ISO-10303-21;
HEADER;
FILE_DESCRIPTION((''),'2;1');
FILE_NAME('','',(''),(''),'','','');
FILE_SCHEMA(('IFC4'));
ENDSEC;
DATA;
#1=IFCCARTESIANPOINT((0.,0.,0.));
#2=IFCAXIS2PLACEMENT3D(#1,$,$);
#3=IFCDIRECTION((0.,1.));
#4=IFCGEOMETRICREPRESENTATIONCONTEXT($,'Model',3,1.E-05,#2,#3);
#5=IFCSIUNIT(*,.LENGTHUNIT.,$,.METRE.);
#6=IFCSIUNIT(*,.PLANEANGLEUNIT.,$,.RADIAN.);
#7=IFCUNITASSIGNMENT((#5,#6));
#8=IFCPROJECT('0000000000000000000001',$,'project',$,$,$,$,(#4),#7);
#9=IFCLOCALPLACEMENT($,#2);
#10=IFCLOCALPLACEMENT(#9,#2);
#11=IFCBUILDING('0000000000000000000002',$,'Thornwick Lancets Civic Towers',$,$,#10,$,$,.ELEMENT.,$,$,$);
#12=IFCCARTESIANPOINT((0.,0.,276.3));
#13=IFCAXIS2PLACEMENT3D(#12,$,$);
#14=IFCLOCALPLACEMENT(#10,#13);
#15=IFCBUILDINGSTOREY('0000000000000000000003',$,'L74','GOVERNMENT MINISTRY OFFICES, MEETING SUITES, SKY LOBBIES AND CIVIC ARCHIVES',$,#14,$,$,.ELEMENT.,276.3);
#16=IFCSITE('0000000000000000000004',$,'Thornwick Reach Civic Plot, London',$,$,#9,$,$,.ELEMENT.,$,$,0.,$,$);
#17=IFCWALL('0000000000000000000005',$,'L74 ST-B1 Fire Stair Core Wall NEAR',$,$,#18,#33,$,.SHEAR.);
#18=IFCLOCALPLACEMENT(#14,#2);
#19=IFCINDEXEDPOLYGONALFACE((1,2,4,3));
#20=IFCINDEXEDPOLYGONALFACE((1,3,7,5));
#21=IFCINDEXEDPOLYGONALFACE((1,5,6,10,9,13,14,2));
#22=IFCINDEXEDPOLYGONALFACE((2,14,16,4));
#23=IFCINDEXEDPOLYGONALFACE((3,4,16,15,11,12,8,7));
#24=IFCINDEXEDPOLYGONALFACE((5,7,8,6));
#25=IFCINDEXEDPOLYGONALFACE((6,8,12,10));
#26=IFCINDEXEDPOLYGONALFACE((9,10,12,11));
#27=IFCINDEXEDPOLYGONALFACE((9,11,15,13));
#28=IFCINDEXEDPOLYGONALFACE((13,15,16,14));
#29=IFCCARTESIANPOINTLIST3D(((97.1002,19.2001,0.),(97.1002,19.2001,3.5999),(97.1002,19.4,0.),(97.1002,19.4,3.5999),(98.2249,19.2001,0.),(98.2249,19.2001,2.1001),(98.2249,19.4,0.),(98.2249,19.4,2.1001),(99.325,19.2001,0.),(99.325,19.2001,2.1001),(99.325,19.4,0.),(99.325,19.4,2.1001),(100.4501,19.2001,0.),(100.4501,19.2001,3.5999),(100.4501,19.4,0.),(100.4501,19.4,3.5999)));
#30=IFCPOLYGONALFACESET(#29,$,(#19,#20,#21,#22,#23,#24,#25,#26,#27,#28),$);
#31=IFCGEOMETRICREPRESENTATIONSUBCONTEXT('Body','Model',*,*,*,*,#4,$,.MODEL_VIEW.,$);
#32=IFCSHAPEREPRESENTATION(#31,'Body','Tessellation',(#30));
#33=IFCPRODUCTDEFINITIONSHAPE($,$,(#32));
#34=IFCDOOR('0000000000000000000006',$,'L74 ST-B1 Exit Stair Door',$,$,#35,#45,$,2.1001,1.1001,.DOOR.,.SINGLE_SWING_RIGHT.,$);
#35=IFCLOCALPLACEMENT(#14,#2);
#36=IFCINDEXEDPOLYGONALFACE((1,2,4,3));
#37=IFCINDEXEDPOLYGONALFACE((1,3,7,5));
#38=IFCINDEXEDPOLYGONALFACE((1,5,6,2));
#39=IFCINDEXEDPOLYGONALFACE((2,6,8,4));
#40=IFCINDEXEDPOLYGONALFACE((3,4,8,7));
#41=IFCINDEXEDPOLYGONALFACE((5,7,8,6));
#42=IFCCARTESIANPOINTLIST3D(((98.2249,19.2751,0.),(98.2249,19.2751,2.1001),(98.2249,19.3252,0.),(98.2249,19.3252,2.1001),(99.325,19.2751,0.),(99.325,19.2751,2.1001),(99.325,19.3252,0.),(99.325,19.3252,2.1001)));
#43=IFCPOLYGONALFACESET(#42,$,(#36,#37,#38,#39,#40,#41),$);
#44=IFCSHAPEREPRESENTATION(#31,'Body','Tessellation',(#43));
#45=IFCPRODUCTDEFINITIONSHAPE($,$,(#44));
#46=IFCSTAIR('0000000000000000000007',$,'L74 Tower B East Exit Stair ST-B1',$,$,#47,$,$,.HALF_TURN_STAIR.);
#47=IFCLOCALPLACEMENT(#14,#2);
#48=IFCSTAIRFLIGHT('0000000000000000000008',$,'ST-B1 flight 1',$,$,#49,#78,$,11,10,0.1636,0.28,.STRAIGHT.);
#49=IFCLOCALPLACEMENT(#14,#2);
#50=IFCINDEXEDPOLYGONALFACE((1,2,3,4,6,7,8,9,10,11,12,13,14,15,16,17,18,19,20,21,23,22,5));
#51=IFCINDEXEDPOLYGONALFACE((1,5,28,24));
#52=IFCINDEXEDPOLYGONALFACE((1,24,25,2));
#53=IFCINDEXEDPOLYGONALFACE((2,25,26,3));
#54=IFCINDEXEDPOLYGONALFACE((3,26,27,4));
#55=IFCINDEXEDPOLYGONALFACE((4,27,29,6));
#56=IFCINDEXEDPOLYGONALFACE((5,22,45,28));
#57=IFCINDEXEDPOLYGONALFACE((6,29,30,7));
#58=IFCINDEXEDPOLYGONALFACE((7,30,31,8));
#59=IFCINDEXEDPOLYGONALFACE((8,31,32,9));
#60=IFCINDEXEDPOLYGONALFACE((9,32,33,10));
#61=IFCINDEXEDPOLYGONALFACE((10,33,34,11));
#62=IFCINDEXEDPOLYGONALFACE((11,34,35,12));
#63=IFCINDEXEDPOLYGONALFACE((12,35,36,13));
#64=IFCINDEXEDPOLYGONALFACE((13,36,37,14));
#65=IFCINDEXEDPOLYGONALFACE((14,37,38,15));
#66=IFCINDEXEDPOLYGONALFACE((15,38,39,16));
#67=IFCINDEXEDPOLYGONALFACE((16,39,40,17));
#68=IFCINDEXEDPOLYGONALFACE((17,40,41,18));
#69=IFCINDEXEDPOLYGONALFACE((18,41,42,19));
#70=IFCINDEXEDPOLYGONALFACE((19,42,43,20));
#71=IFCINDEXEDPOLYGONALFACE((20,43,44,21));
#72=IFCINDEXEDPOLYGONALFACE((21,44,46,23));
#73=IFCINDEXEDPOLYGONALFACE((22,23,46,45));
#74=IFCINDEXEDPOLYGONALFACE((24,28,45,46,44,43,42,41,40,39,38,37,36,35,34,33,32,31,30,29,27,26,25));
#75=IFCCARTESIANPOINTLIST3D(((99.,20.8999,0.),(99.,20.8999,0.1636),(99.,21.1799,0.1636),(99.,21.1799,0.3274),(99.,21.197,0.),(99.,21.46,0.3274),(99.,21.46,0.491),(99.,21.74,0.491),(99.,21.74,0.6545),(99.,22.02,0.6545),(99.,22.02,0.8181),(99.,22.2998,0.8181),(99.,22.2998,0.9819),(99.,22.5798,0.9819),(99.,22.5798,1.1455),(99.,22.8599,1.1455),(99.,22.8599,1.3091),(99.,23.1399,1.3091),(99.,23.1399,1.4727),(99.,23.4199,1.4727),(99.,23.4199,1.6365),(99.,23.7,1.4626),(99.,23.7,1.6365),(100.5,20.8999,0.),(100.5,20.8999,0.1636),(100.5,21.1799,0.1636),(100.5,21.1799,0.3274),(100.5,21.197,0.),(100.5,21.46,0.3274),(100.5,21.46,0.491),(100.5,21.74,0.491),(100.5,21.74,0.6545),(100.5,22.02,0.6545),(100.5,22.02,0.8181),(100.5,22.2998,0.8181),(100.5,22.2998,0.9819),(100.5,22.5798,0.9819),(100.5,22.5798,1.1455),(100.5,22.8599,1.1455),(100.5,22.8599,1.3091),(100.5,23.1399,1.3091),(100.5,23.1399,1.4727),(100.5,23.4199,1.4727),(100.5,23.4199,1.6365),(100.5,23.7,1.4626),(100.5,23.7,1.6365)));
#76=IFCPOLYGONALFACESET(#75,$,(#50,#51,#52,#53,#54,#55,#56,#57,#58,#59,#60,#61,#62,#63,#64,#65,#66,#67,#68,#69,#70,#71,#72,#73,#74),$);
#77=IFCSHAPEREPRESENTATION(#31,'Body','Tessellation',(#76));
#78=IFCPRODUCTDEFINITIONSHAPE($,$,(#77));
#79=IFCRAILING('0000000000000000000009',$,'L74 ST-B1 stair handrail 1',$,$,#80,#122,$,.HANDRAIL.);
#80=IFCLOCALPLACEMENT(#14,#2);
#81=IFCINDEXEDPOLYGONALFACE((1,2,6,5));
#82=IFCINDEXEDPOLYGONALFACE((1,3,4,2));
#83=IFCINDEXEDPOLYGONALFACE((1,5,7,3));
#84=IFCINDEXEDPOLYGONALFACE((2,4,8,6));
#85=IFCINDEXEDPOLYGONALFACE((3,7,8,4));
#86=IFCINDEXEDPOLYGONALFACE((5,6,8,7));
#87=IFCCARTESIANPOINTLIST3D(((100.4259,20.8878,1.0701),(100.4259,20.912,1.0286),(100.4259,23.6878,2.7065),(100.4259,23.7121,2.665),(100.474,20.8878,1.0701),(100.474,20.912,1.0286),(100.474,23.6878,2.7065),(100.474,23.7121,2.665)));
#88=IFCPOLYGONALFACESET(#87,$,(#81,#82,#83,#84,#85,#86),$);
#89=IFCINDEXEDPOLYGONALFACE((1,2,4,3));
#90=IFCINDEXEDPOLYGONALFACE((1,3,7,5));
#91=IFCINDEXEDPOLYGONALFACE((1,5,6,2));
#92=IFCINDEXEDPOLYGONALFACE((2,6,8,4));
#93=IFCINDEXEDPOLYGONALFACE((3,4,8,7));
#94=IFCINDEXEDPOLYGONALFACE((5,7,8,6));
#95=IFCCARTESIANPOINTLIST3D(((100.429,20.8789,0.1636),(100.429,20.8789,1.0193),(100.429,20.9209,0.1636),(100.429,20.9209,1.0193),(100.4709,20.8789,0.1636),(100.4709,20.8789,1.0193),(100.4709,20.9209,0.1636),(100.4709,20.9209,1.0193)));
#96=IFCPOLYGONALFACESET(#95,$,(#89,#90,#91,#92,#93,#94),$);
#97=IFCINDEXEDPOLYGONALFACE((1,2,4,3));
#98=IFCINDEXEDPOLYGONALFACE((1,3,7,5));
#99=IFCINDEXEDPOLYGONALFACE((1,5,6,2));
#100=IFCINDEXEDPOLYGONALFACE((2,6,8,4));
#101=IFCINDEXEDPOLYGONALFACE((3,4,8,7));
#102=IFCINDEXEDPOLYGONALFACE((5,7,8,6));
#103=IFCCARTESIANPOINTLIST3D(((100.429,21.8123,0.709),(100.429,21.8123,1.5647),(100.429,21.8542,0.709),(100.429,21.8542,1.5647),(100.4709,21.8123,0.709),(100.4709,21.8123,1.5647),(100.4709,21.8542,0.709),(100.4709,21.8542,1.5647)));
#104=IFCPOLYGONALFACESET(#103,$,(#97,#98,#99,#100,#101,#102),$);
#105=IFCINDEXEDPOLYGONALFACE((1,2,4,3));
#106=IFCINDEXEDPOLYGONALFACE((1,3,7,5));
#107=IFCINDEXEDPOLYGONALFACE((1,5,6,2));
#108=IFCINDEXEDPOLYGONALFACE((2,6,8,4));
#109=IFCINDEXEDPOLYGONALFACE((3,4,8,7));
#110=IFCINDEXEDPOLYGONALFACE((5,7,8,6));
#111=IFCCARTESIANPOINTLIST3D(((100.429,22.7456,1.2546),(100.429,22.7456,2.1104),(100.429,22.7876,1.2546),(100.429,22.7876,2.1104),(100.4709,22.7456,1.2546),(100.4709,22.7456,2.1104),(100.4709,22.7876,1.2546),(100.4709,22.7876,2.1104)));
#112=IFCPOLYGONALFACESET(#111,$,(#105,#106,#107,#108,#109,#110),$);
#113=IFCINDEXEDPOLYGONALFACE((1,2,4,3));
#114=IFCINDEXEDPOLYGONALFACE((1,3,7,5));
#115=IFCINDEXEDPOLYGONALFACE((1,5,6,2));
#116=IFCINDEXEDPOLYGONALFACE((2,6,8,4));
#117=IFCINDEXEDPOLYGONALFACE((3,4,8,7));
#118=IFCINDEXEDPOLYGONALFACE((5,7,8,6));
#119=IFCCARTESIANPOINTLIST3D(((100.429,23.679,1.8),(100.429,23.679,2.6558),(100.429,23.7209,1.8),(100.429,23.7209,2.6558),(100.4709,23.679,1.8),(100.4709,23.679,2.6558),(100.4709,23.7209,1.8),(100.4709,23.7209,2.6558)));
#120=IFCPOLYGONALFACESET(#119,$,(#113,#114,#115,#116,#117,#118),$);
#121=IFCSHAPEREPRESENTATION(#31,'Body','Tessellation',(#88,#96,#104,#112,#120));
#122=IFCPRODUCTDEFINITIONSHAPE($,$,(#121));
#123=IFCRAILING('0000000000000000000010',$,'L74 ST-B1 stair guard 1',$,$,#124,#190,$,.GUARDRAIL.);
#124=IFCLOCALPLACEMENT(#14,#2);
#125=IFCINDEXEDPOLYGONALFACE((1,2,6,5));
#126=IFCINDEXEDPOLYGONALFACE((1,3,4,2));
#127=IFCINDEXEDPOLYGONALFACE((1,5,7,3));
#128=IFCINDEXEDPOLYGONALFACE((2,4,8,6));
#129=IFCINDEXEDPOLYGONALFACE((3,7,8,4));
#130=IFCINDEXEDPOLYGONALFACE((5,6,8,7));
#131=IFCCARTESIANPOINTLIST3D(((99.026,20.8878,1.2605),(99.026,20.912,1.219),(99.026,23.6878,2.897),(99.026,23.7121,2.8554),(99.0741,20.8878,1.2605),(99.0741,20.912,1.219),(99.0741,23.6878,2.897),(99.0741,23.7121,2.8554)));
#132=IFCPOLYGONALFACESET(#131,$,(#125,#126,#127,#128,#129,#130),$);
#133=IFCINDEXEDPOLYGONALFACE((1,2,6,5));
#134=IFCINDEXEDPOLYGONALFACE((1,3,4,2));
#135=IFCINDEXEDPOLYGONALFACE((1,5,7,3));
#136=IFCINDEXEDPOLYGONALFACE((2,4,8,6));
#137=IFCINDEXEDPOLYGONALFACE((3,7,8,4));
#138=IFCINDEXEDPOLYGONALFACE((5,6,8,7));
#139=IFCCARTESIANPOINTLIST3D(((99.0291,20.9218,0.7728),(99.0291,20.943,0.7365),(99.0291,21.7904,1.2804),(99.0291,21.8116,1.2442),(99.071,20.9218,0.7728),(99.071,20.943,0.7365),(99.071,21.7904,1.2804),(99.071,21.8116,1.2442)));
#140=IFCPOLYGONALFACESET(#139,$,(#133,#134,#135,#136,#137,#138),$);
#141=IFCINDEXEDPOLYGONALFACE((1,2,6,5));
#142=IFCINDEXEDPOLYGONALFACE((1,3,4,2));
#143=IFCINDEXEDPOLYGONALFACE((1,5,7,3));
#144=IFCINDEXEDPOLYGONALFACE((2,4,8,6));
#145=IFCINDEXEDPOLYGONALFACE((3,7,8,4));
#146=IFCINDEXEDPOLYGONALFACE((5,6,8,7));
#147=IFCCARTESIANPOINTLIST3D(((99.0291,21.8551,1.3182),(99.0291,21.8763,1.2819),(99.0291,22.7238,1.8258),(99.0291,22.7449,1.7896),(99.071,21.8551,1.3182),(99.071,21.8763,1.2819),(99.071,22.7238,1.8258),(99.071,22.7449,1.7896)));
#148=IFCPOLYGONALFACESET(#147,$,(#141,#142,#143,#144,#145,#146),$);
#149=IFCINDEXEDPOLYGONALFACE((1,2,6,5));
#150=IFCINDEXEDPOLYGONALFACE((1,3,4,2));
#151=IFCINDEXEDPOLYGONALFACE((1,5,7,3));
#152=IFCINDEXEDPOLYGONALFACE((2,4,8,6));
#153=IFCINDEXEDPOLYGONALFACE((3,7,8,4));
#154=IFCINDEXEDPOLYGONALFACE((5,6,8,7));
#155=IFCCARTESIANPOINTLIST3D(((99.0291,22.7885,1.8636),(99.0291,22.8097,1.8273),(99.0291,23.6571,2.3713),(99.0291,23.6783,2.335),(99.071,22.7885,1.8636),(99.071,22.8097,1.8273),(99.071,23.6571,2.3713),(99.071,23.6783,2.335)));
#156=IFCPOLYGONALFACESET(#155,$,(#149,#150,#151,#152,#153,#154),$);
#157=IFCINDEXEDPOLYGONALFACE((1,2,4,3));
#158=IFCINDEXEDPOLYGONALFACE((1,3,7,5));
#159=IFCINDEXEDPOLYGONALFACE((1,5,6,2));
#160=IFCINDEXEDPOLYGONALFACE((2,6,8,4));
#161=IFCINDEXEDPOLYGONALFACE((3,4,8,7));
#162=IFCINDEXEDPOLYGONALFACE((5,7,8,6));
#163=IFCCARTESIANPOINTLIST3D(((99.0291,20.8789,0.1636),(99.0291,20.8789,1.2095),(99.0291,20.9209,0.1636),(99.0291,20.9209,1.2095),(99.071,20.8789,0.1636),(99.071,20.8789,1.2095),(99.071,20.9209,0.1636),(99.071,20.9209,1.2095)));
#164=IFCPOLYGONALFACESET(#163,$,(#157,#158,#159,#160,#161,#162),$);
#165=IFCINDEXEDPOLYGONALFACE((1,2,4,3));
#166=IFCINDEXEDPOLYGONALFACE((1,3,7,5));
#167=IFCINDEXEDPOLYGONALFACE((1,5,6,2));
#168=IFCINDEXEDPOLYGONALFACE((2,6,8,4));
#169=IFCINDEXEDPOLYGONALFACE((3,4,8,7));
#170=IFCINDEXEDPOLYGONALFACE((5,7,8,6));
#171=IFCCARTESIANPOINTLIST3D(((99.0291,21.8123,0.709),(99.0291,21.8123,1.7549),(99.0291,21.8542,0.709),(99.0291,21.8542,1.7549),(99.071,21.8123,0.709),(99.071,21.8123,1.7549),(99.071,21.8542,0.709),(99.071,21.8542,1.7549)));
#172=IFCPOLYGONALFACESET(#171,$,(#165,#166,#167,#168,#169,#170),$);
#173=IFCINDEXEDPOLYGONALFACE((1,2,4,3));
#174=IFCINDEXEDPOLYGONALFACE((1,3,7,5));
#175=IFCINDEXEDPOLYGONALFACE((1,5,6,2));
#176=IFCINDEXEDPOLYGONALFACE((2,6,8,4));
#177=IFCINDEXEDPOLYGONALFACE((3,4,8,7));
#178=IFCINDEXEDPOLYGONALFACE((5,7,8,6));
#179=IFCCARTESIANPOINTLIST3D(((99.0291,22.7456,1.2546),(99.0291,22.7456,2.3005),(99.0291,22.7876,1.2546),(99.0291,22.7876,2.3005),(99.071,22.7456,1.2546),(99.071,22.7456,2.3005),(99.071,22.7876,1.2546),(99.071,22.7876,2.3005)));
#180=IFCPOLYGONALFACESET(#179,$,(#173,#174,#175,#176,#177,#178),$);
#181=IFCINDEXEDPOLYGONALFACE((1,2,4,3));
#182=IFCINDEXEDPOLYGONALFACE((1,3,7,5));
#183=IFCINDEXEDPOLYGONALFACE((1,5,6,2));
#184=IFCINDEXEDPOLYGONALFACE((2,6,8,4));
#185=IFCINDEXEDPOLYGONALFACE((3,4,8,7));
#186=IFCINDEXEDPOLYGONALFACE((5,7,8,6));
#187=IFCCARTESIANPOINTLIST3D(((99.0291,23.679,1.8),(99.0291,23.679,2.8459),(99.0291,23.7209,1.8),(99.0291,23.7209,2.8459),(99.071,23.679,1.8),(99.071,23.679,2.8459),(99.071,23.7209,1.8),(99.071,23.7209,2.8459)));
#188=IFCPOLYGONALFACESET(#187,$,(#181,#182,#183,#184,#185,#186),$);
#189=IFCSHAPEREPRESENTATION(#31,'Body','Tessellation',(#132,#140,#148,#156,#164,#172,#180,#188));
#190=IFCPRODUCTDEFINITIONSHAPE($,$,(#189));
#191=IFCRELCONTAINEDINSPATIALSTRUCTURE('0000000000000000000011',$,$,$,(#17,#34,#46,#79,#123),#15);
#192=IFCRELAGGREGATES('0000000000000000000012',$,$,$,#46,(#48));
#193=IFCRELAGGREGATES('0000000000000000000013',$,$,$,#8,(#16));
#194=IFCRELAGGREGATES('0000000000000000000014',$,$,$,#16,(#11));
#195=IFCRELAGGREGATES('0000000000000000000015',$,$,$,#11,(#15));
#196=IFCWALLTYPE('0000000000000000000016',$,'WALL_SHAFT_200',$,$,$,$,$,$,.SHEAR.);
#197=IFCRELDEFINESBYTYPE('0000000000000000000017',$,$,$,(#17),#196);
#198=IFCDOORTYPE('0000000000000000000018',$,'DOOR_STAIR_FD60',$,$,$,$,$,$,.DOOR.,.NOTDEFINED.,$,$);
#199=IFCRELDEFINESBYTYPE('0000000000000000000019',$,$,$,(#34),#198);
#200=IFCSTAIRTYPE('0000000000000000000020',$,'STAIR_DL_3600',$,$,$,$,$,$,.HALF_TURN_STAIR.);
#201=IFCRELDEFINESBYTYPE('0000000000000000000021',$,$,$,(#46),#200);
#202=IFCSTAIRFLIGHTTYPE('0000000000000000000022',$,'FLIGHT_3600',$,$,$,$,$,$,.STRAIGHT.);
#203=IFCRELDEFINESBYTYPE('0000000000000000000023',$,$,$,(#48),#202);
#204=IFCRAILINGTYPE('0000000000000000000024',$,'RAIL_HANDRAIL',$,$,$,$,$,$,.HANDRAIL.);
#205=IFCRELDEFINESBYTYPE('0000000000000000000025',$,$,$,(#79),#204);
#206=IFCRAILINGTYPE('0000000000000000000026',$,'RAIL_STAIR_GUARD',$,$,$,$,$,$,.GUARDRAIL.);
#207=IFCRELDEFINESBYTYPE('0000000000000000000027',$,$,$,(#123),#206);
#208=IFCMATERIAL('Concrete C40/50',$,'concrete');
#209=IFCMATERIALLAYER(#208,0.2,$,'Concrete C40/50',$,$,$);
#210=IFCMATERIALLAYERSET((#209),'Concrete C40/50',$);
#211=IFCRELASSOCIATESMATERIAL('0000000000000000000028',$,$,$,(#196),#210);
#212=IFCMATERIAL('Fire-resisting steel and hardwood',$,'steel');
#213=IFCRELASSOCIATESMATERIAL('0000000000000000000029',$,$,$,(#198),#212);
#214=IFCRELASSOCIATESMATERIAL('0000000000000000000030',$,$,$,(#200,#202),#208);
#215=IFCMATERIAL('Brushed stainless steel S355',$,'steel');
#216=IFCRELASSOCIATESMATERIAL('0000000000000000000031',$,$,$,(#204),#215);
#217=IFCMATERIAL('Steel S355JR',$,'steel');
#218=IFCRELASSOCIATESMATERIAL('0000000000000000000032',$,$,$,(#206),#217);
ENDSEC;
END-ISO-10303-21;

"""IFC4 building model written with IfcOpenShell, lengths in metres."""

from ifc_helpers import new_model, si_unit, direction, frame, frame_2d, origin, origin_2d, place, context, subcontext, project, spatial, polyline, rectangle, outline, extrude, material, layer, layer_set, type_object, element, fill, aggregate, save


model = new_model("IFC4")

# Units and contexts
model_context = context("Model", 3, precision=1e-05, world=origin(), true_north=direction((0.0, 1.0)))
body_context = subcontext(model_context, "Body", "Model", "MODEL_VIEW")
ifc_project = project(units=[si_unit("LENGTHUNIT", "METRE"), si_unit("PLANEANGLEUNIT", "RADIAN")], contexts=[model_context])

# Site, building, storey
site_placement = place(None, origin())
site = spatial("IfcSite", under=ifc_project, at=site_placement, Name="Thornwick Reach Civic Plot, London", CompositionType="ELEMENT", RefElevation=0.0)
building_placement = place(site_placement, origin())
building = spatial("IfcBuilding", under=site, at=building_placement, Name="Thornwick Lancets Civic Towers", CompositionType="ELEMENT")
storey_placement = place(building_placement, frame((0.0, 0.0, 276.3)))
storey = spatial("IfcBuildingStorey", under=building, at=storey_placement, Name="L74", Description="GOVERNMENT MINISTRY OFFICES, MEETING SUITES, SKY LOBBIES AND CIVIC ARCHIVES", CompositionType="ELEMENT", Elevation=276.3)

# Shared definitions
ifc_material_1 = material(Name="Steel S355JR", Category="steel")
ifc_material_2 = material(Name="Concrete C40/50", Category="concrete")

# Wall, opening, door
ifc_layer_1 = layer(ifc_material_2, 0.2, Name="Concrete C40/50")
ifc_layer_set_1 = layer_set([ifc_layer_1], Name="Concrete C40/50")
wall_type_1 = type_object("IfcWallType", Name="WALL_SHAFT_200", PredefinedType="SHEAR", material=ifc_layer_set_1)
wall_1_placement = place(storey_placement, frame((100.45, 19.3, 0.0), z_axis=(0.0, 0.0, 1.0), x_axis=(-1.0, 0.0, 0.0)))
wall_1 = element("IfcWall", 1, at=wall_1_placement, inside=storey, type_object=wall_type_1, Name="L74 ST-B1 Fire Stair Core Wall NEAR", PredefinedType="SHEAR", context=body_context, shape_type="SweptSolid", body=[
    extrude(rectangle(XDim=3.3499, YDim=0.2, at=frame_2d((1.6748, 0.0))), origin(), (0.0, 0.0, 1.0), 3.5999),
])
opening_placement = place(wall_1_placement, frame((1.125, 0.0, 0.0)))
opening = element("IfcOpeningElement", 2, at=opening_placement, cuts=wall_1, PredefinedType="OPENING", context=body_context, shape_type="SweptSolid", body=[
    extrude(rectangle(XDim=1.1001, YDim=2.1001, at=frame_2d((0.55, 1.05))), frame((0.0, 0.1099, 0.0), z_axis=(0.0, -1.0, 0.0), x_axis=(1.0, 0.0, 0.0)), (0.0, 0.0, 1.0), 0.22),
])
ifc_material_3 = material(Name="Fire-resisting steel and hardwood", Category="steel")
door_type = type_object("IfcDoorType", Name="DOOR_STAIR_FD60", OperationType="NOTDEFINED", PredefinedType="DOOR", material=ifc_material_3)
door_placement = place(opening_placement, origin())
door = element("IfcDoor", 3, at=door_placement, inside=storey, type_object=door_type, Name="L74 ST-B1 Exit Stair Door", OperationType="SINGLE_SWING_RIGHT", OverallHeight=2.1001, OverallWidth=1.1001, PredefinedType="DOOR", context=body_context, shape_type="SweptSolid", body=[
    extrude(rectangle(XDim=1.1001, YDim=2.1001, at=frame_2d((0.55, 1.05))), frame((0.0, 0.0249, 0.0), z_axis=(0.0, -1.0, 0.0), x_axis=(1.0, 0.0, 0.0)), (0.0, 0.0, 1.0), 0.05),
])
fill(opening, door)

# Stair, stair flight
stair_type = type_object("IfcStairType", Name="STAIR_DL_3600", PredefinedType="HALF_TURN_STAIR", material=ifc_material_2)
stair_placement = place(storey_placement, origin())
stair = element("IfcStair", 4, at=stair_placement, inside=storey, type_object=stair_type, Name="L74 Tower B East Exit Stair ST-B1", PredefinedType="HALF_TURN_STAIR")
stair_flight_type = type_object("IfcStairFlightType", Name="FLIGHT_3600", PredefinedType="STRAIGHT", material=ifc_material_2)
stair_flight_placement = place(storey_placement, frame((99.75, 20.8999, 0.0), z_axis=(0.0, 0.0, 1.0), x_axis=(0.0, 1.0, 0.0)))
stair_flight = element("IfcStairFlight", 5, at=stair_flight_placement, type_object=stair_flight_type, Name="ST-B1 flight 1", NumberOfRisers=11, NumberOfTreads=10, PredefinedType="STRAIGHT", RiserHeight=0.1636, TreadLength=0.28, context=body_context, shape_type="SweptSolid", body=[
    extrude(outline(polyline([(0.0, 0.0), (0.0, 0.1636), (0.28, 0.1636), (0.28, 0.3274), (0.5601, 0.3274), (0.5601, 0.491), (0.8401, 0.491), (0.8401, 0.6545), (1.1201, 0.6545), (1.1201, 0.8181), (1.3999, 0.8181), (1.3999, 0.9819), (1.6799, 0.9819), (1.6799, 1.1455), (1.96, 1.1455), (1.96, 1.3091), (2.24, 1.3091), (2.24, 1.4727), (2.52, 1.4727), (2.52, 1.6365), (2.8, 1.6365), (2.8, 1.8), (2.8, 1.4626), (0.2971, 0.0), (0.0, 0.0)])), frame((0.0, 0.75, 0.0), z_axis=(0.0, -1.0, 0.0), x_axis=(1.0, 0.0, 0.0)), (0.0, 0.0, 1.0), 1.5),
])
aggregate(stair, [stair_flight])

# Railings
ifc_material_4 = material(Name="Brushed stainless steel S355", Category="steel")
railing_type_1 = type_object("IfcRailingType", Name="RAIL_HANDRAIL", PredefinedType="HANDRAIL", material=ifc_material_4)
railing_1_placement = place(storey_placement, frame((100.45, 20.8999, 0.1636)))
element("IfcRailing", 6, at=railing_1_placement, inside=storey, type_object=railing_type_1, Name="L74 ST-B1 stair handrail 1", PredefinedType="HANDRAIL", context=body_context, shape_type="SweptSolid", body=[
    extrude(rectangle(XDim=0.0481, YDim=0.0481, at=origin_2d()), frame((0.0, 0.0, 0.8857), z_axis=(0.0, 0.863361, 0.504587), x_axis=(-1.0, 0.0, 0.0)), (0.0, 0.0, 1.0), 3.2432),
    extrude(rectangle(XDim=0.042, YDim=0.042, at=origin_2d()), origin(), (0.0, 0.0, 1.0), 0.8557),
    extrude(rectangle(XDim=0.042, YDim=0.042, at=origin_2d()), frame((0.0, 0.9333, 0.5454)), (0.0, 0.0, 1.0), 0.8557),
    extrude(rectangle(XDim=0.042, YDim=0.042, at=origin_2d()), frame((0.0, 1.8667, 1.0911)), (0.0, 0.0, 1.0), 0.8557),
    extrude(rectangle(XDim=0.042, YDim=0.042, at=origin_2d()), frame((0.0, 2.8, 1.6365)), (0.0, 0.0, 1.0), 0.8557),
])
railing_type_2 = type_object("IfcRailingType", Name="RAIL_STAIR_GUARD", PredefinedType="GUARDRAIL", material=ifc_material_1)
railing_2_placement = place(storey_placement, frame((99.05, 20.8999, 0.1636)))
element("IfcRailing", 7, at=railing_2_placement, inside=storey, type_object=railing_type_2, Name="L74 ST-B1 stair guard 1", PredefinedType="GUARDRAIL", context=body_context, shape_type="SweptSolid", body=[
    extrude(rectangle(XDim=0.0481, YDim=0.0481, at=origin_2d()), frame((0.0, 0.0, 1.0762), z_axis=(0.0, 0.863361, 0.504587), x_axis=(-1.0, 0.0, 0.0)), (0.0, 0.0, 1.0), 3.2432),
    extrude(rectangle(XDim=0.042, YDim=0.042, at=origin_2d()), frame((0.0, 0.0325, 0.5911), z_axis=(0.0, 0.863361, 0.504587), x_axis=(-1.0, 0.0, 0.0)), (0.0, 0.0, 1.0), 1.0061),
    extrude(rectangle(XDim=0.042, YDim=0.042, at=origin_2d()), frame((0.0, 0.9658, 1.1365), z_axis=(0.0, 0.863361, 0.504587), x_axis=(-1.0, 0.0, 0.0)), (0.0, 0.0, 1.0), 1.0061),
    extrude(rectangle(XDim=0.042, YDim=0.042, at=origin_2d()), frame((0.0, 1.8992, 1.6819), z_axis=(0.0, 0.863361, 0.504587), x_axis=(-1.0, 0.0, 0.0)), (0.0, 0.0, 1.0), 1.0061),
    extrude(rectangle(XDim=0.042, YDim=0.042, at=origin_2d()), origin(), (0.0, 0.0, 1.0), 1.0459),
    extrude(rectangle(XDim=0.042, YDim=0.042, at=origin_2d()), frame((0.0, 0.9333, 0.5454)), (0.0, 0.0, 1.0), 1.0459),
    extrude(rectangle(XDim=0.042, YDim=0.042, at=origin_2d()), frame((0.0, 1.8667, 1.0911)), (0.0, 0.0, 1.0), 1.0459),
    extrude(rectangle(XDim=0.042, YDim=0.042, at=origin_2d()), frame((0.0, 2.8, 1.6365)), (0.0, 0.0, 1.0), 1.0459),
])

save(model, "model.ifc")
